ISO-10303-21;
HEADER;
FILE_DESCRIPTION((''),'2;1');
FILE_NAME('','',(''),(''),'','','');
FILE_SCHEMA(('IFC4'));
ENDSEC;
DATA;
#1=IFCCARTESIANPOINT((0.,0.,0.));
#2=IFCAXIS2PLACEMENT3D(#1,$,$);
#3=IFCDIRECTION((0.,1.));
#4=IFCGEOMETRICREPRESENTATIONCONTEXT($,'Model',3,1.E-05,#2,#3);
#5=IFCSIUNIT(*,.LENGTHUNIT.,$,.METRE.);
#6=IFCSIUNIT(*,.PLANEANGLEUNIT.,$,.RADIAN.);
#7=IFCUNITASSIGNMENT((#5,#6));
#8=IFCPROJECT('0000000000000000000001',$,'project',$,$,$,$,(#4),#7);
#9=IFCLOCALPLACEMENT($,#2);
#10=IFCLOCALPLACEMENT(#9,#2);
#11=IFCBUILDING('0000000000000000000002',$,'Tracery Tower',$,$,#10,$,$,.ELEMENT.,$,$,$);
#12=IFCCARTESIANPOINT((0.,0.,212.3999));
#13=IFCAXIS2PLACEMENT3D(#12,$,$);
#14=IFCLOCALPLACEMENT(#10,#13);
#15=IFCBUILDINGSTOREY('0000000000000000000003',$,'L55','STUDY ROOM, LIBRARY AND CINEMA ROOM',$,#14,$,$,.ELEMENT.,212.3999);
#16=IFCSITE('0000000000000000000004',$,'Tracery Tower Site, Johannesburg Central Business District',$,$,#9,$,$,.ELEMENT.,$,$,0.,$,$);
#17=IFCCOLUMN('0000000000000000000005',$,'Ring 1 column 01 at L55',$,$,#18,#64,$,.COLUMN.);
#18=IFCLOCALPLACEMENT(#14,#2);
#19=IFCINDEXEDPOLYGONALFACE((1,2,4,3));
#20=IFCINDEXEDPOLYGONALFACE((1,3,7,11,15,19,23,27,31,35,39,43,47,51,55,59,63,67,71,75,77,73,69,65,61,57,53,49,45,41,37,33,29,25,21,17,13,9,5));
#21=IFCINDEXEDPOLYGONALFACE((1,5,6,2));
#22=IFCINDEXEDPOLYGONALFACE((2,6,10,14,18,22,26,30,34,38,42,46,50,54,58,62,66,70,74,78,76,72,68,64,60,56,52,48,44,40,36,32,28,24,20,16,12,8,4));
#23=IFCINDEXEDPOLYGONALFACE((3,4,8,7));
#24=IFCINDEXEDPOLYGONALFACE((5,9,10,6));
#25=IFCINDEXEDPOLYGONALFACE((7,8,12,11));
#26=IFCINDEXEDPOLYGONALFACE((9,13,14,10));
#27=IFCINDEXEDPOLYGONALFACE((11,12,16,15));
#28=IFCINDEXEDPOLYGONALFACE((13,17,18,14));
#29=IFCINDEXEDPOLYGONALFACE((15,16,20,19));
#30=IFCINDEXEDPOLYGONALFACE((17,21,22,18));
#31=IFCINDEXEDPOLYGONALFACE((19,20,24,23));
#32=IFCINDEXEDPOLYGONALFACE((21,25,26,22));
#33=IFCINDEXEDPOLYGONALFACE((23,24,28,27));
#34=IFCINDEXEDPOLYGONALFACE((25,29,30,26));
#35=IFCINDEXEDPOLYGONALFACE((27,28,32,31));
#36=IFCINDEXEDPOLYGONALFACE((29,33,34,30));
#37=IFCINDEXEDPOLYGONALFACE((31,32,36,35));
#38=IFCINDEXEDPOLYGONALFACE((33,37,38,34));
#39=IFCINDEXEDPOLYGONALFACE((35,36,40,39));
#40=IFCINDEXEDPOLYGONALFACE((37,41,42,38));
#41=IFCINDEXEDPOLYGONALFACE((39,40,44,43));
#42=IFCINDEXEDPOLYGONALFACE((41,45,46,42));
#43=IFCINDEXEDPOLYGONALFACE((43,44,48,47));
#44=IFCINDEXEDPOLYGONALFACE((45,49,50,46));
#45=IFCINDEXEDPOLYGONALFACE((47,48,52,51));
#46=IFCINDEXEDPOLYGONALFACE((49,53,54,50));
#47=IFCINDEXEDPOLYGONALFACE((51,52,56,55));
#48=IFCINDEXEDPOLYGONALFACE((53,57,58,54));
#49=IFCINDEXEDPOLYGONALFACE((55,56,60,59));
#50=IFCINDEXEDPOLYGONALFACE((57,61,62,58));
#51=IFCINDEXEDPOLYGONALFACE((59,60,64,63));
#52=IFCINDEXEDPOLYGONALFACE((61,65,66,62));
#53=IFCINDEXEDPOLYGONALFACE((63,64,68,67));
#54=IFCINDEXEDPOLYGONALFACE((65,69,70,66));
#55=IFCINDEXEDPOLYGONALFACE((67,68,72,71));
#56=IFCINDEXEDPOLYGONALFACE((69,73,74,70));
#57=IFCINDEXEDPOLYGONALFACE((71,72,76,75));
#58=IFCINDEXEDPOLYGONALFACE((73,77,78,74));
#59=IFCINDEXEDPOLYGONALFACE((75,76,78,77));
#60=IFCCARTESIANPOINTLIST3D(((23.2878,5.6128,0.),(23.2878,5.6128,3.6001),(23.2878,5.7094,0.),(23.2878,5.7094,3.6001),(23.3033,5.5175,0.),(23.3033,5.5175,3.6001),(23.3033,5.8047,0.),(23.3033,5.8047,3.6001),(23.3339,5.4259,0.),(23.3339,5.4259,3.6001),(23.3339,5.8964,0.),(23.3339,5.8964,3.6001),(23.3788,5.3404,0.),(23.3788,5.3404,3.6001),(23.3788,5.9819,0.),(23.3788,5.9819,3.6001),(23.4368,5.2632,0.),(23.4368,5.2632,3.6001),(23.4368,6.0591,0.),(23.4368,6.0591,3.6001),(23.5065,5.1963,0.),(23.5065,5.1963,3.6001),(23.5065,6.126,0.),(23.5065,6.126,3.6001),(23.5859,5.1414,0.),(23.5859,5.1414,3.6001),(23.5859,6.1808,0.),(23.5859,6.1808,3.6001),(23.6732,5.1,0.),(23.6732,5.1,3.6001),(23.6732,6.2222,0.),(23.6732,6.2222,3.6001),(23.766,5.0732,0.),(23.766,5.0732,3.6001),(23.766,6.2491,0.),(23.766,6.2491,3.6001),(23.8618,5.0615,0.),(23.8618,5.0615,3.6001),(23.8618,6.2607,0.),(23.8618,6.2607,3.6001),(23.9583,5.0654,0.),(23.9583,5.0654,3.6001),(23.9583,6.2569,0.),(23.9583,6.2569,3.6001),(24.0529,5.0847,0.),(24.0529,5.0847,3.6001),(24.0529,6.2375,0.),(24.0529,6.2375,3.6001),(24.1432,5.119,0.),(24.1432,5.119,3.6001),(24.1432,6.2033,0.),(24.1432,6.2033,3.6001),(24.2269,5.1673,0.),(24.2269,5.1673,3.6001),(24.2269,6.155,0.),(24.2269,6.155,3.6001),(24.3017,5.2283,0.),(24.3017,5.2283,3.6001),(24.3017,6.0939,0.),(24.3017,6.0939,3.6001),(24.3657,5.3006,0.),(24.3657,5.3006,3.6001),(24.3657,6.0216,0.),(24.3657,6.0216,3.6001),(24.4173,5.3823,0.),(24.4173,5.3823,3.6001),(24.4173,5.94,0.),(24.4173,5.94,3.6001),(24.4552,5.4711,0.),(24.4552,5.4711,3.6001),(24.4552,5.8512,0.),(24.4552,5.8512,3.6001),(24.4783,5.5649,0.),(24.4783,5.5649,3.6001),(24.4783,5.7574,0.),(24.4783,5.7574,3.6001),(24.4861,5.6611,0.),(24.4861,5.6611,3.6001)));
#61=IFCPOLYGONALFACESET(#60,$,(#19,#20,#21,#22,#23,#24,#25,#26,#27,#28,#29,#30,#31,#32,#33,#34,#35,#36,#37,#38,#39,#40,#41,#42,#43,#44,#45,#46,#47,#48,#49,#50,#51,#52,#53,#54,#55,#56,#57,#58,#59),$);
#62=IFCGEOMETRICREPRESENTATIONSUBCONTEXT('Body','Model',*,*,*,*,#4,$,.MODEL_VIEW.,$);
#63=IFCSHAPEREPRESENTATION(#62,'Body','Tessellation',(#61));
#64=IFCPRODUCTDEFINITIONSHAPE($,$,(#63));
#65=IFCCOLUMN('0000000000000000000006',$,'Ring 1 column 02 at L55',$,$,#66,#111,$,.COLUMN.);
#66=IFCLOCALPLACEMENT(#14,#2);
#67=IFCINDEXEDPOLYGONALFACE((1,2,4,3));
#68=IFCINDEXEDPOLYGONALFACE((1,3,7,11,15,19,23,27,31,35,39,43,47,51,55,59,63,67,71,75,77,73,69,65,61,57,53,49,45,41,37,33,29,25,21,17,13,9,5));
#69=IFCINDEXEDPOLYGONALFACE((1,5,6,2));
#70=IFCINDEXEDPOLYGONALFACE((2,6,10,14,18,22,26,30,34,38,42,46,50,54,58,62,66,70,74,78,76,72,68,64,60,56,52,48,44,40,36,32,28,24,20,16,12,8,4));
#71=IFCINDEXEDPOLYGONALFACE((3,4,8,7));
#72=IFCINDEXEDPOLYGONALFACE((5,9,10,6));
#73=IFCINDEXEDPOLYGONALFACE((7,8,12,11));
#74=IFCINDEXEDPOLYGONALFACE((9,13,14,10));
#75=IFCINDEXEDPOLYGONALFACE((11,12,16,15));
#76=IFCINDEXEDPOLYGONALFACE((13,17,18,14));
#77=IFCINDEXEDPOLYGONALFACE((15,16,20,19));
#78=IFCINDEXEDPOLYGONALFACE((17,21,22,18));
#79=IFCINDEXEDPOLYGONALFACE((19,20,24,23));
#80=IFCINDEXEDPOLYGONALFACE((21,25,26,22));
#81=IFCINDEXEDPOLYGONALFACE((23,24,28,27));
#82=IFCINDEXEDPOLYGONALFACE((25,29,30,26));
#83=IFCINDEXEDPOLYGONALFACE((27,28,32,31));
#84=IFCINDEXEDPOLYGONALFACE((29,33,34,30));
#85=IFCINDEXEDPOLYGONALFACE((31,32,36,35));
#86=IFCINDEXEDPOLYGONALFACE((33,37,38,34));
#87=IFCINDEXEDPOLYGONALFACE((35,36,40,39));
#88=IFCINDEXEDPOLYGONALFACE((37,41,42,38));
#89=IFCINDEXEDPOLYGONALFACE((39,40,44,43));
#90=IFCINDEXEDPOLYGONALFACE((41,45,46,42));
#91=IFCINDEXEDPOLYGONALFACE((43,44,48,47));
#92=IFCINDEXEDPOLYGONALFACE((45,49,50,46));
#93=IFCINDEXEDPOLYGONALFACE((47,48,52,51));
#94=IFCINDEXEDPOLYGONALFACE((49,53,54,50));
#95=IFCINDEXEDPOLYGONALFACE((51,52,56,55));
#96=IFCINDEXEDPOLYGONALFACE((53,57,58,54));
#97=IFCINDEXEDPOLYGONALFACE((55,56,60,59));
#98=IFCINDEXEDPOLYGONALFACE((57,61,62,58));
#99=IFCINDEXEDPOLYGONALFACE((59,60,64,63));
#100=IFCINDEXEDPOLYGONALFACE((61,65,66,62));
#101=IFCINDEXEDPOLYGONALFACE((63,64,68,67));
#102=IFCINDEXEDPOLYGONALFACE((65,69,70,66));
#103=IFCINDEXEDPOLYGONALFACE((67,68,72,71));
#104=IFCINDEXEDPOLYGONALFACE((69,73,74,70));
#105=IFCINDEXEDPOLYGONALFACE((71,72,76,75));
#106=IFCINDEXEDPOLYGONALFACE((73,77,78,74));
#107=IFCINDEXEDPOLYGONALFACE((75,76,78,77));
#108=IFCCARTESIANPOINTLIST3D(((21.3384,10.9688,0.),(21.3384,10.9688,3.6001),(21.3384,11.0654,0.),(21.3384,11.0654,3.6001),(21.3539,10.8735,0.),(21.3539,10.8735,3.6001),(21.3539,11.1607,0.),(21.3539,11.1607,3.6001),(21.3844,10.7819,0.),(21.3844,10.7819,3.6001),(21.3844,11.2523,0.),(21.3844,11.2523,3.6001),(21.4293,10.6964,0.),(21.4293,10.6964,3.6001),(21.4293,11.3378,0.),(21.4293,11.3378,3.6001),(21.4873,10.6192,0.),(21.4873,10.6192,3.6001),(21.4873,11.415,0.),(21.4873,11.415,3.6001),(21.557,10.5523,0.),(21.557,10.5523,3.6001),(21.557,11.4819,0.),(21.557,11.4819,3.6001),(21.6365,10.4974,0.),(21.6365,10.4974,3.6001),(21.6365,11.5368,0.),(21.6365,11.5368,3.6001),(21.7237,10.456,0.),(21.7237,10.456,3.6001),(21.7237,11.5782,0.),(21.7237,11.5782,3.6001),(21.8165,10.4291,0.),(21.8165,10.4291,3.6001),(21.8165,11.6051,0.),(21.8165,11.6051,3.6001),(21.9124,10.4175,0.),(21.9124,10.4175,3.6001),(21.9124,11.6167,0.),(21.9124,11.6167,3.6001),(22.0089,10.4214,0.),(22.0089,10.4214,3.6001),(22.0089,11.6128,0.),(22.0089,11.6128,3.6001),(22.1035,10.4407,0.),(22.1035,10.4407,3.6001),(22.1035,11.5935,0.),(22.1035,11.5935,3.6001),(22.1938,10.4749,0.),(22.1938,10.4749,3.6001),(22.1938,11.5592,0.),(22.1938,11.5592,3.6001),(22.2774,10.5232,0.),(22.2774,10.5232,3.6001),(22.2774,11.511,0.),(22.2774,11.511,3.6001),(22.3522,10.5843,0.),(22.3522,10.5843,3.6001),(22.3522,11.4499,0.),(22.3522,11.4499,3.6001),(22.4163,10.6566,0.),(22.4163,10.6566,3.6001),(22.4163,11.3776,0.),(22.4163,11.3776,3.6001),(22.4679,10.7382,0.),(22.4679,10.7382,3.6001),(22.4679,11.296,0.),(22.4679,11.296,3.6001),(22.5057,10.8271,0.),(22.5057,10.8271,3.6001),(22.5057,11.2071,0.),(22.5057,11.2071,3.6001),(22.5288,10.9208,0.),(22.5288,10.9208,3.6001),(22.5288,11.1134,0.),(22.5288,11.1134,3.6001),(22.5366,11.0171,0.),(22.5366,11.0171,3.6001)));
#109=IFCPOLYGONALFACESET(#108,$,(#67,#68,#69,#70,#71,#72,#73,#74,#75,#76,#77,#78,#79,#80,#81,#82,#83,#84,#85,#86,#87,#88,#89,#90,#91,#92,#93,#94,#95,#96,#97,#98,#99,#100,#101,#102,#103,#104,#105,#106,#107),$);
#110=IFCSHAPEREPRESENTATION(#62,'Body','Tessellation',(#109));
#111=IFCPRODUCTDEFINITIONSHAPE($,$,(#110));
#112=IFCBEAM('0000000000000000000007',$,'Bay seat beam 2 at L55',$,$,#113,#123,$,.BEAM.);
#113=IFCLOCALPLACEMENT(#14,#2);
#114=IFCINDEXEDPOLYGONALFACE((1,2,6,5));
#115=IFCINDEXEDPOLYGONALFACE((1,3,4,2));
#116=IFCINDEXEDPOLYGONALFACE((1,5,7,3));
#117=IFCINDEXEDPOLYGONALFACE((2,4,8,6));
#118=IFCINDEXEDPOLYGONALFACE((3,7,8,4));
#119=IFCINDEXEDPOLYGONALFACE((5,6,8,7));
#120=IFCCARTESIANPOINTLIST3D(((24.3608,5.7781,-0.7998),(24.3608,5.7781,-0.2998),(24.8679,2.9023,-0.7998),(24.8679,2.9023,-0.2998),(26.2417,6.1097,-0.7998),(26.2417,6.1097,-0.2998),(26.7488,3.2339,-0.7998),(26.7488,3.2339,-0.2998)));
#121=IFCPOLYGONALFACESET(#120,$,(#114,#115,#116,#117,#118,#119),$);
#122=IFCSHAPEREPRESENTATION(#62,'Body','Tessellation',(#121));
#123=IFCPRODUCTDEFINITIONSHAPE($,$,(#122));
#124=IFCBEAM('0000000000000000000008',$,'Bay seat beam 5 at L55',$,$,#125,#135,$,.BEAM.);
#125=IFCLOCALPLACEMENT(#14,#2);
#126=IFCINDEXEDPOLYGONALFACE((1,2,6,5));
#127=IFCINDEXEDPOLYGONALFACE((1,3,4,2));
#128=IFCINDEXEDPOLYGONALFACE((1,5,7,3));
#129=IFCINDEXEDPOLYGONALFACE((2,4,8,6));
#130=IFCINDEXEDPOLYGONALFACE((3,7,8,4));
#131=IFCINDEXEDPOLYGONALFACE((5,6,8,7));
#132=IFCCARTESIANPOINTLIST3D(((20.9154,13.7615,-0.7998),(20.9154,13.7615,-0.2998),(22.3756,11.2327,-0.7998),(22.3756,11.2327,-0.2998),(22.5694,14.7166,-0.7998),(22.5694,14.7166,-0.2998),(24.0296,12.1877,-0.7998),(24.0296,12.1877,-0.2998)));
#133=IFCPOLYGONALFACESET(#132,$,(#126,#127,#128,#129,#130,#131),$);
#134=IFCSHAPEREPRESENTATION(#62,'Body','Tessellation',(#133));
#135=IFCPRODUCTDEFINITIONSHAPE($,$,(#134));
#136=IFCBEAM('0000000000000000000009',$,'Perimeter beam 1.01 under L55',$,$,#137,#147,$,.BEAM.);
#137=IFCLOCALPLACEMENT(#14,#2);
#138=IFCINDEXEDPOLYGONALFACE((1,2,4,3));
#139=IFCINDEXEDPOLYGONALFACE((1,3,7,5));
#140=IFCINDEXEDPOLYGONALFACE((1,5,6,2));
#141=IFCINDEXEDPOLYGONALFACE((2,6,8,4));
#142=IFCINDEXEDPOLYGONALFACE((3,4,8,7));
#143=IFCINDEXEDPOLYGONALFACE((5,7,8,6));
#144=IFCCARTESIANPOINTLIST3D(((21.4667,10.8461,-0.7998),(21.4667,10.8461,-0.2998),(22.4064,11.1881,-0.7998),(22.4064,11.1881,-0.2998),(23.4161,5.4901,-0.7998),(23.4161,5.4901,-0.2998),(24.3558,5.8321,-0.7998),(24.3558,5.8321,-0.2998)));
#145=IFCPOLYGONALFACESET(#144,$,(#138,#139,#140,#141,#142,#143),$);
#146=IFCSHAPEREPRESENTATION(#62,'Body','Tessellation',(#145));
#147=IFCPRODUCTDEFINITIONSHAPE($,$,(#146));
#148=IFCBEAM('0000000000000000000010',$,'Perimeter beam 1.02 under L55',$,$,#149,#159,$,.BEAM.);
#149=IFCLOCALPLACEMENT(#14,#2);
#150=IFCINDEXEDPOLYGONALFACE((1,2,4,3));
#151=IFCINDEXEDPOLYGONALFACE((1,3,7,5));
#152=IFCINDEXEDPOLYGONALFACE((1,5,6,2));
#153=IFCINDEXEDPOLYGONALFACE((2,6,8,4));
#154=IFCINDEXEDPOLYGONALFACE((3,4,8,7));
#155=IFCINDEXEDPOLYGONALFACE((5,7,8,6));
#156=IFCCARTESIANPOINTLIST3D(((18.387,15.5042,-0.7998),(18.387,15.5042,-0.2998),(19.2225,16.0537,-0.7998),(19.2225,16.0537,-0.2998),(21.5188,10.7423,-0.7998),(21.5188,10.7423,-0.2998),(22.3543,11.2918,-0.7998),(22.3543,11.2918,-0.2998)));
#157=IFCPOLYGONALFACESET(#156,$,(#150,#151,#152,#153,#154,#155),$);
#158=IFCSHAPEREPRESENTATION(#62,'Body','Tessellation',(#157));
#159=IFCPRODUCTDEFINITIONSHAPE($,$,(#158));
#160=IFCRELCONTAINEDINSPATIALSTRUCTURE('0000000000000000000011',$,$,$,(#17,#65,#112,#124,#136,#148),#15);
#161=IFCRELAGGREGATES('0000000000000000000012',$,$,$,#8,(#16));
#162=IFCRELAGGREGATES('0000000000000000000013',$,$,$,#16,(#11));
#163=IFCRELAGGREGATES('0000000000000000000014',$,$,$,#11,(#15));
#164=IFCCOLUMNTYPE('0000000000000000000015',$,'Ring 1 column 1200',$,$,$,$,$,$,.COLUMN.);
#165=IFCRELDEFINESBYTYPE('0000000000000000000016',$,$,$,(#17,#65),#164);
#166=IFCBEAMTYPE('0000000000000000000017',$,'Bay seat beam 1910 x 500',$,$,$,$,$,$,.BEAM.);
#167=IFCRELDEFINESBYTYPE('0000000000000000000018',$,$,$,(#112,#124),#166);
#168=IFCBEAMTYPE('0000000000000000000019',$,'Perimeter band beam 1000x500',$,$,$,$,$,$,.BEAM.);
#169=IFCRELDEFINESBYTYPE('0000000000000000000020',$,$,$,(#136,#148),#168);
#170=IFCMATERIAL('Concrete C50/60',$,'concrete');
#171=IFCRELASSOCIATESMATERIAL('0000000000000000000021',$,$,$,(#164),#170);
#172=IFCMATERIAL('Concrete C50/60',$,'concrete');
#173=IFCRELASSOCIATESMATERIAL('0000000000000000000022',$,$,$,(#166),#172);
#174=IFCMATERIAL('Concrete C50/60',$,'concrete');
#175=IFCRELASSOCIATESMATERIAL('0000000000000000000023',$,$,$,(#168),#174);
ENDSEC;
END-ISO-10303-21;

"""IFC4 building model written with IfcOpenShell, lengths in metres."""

from ifc_helpers import new_model, si_unit, direction, frame, origin, origin_2d, place, context, subcontext, project, spatial, rectangle, circle, extrude, material, material_profile, profile_set, type_object, element, save


model = new_model("IFC4")

# Units and contexts
model_context = context("Model", 3, precision=1e-05, world=origin(), true_north=direction((0.0, 1.0)))
body_context = subcontext(model_context, "Body", "Model", "MODEL_VIEW")
ifc_project = project(units=[si_unit("LENGTHUNIT", "METRE"), si_unit("PLANEANGLEUNIT", "RADIAN")], contexts=[model_context])

# Site, building, storey
site_placement = place(None, origin())
site = spatial("IfcSite", under=ifc_project, at=site_placement, Name="Tracery Tower Site, Johannesburg Central Business District", CompositionType="ELEMENT", RefElevation=0.0)
building_placement = place(site_placement, origin())
building = spatial("IfcBuilding", under=site, at=building_placement, Name="Tracery Tower", CompositionType="ELEMENT")
storey_placement = place(building_placement, frame((0.0, 0.0, 212.3999)))
storey = spatial("IfcBuildingStorey", under=building, at=storey_placement, Name="L55", Description="STUDY ROOM, LIBRARY AND CINEMA ROOM", CompositionType="ELEMENT", Elevation=212.3999)

# Columns
ifc_material_1 = material(Name="Concrete C50/60", Category="concrete")
ifc_material_profile_1 = material_profile(ifc_material_1, circle(Radius=0.6001, at=origin_2d()), Name="RC D1200")
ifc_profile_set_1 = profile_set([ifc_material_profile_1], Name="Concrete C50/60")
column_type = type_object("IfcColumnType", Name="Ring 1 column 1200", PredefinedType="COLUMN", material=ifc_profile_set_1)
for number, where, z_axis, x_axis, name in (
    (1, (23.886, 5.6611, 0.0), (0.0, 0.0, 1.0), (1.0, 0.0, 0.0), "Ring 1 column 01 at L55"),
    (2, (21.9365, 11.0171, 0.0), (0.0, 0.0, 1.0), (1.0, 0.0, 0.0), "Ring 1 column 02 at L55"),
):
    element("IfcColumn", number, at=place(storey_placement, frame(where, z_axis=z_axis, x_axis=x_axis)), inside=storey, type_object=column_type, Name=name, PredefinedType="COLUMN", context=body_context, shape_type="SweptSolid", body=[
        extrude(circle(Radius=0.6001, at=origin_2d()), origin(), (0.0, 0.0, 1.0), 3.6001),
    ])

# Beams
ifc_material_2 = material(Name="Concrete C50/60", Category="concrete")
ifc_material_profile_2 = material_profile(ifc_material_2, rectangle(XDim=1.9099, YDim=0.5, at=origin_2d()), Name="RC 1910x500")
ifc_profile_set_2 = profile_set([ifc_material_profile_2], Name="Concrete C50/60")
beam_type_1 = type_object("IfcBeamType", Name="Bay seat beam 1910 x 500", PredefinedType="BEAM", material=ifc_profile_set_2)
for number, where, z_axis, x_axis, name in (
    (3, (25.8083, 3.0681, -0.5498), (-0.173652, 0.984807, 0.0), (-0.984807, -0.173652, 0.0), "Bay seat beam 2 at L55"),
    (4, (23.2026, 11.7102, -0.5498), (-0.500051, 0.865996, 0.0), (-0.865996, -0.500051, 0.0), "Bay seat beam 5 at L55"),
):
    element("IfcBeam", number, at=place(storey_placement, frame(where, z_axis=z_axis, x_axis=x_axis)), inside=storey, type_object=beam_type_1, Name=name, PredefinedType="BEAM", context=body_context, shape_type="SweptSolid", body=[
        extrude(rectangle(XDim=1.9099, YDim=0.5, at=origin_2d()), origin(), (0.0, 0.0, 1.0), 2.9202),
    ])
ifc_material_3 = material(Name="Concrete C50/60", Category="concrete")
ifc_material_profile_3 = material_profile(ifc_material_3, rectangle(XDim=1.0, YDim=0.5, at=origin_2d()), Name="RC 1000x500")
ifc_profile_set_3 = profile_set([ifc_material_profile_3], Name="Concrete C50/60")
beam_type_2 = type_object("IfcBeamType", Name="Perimeter band beam 1000x500", PredefinedType="BEAM", material=ifc_profile_set_3)
beam_1_placement = place(storey_placement, frame((23.886, 5.6611, -0.5498), z_axis=(-0.342029, 0.93969, 0.0), x_axis=(-0.93969, -0.342029, 0.0)))
element("IfcBeam", 5, at=beam_1_placement, inside=storey, type_object=beam_type_2, Name="Perimeter beam 1.01 under L55", PredefinedType="BEAM", context=body_context, shape_type="SweptSolid", body=[
    extrude(rectangle(XDim=1.0, YDim=0.5, at=origin_2d()), origin(), (0.0, 0.0, 1.0), 5.6997),
])
beam_2_placement = place(storey_placement, frame((21.9365, 11.0171, -0.5498), z_axis=(-0.54949, 0.8355, 0.0), x_axis=(-0.8355, -0.54949, 0.0)))
element("IfcBeam", 6, at=beam_2_placement, inside=storey, type_object=beam_type_2, Name="Perimeter beam 1.02 under L55", PredefinedType="BEAM", context=body_context, shape_type="SweptSolid", body=[
    extrude(rectangle(XDim=1.0, YDim=0.5, at=origin_2d()), origin(), (0.0, 0.0, 1.0), 5.6995),
])

save(model, "model.ifc")
